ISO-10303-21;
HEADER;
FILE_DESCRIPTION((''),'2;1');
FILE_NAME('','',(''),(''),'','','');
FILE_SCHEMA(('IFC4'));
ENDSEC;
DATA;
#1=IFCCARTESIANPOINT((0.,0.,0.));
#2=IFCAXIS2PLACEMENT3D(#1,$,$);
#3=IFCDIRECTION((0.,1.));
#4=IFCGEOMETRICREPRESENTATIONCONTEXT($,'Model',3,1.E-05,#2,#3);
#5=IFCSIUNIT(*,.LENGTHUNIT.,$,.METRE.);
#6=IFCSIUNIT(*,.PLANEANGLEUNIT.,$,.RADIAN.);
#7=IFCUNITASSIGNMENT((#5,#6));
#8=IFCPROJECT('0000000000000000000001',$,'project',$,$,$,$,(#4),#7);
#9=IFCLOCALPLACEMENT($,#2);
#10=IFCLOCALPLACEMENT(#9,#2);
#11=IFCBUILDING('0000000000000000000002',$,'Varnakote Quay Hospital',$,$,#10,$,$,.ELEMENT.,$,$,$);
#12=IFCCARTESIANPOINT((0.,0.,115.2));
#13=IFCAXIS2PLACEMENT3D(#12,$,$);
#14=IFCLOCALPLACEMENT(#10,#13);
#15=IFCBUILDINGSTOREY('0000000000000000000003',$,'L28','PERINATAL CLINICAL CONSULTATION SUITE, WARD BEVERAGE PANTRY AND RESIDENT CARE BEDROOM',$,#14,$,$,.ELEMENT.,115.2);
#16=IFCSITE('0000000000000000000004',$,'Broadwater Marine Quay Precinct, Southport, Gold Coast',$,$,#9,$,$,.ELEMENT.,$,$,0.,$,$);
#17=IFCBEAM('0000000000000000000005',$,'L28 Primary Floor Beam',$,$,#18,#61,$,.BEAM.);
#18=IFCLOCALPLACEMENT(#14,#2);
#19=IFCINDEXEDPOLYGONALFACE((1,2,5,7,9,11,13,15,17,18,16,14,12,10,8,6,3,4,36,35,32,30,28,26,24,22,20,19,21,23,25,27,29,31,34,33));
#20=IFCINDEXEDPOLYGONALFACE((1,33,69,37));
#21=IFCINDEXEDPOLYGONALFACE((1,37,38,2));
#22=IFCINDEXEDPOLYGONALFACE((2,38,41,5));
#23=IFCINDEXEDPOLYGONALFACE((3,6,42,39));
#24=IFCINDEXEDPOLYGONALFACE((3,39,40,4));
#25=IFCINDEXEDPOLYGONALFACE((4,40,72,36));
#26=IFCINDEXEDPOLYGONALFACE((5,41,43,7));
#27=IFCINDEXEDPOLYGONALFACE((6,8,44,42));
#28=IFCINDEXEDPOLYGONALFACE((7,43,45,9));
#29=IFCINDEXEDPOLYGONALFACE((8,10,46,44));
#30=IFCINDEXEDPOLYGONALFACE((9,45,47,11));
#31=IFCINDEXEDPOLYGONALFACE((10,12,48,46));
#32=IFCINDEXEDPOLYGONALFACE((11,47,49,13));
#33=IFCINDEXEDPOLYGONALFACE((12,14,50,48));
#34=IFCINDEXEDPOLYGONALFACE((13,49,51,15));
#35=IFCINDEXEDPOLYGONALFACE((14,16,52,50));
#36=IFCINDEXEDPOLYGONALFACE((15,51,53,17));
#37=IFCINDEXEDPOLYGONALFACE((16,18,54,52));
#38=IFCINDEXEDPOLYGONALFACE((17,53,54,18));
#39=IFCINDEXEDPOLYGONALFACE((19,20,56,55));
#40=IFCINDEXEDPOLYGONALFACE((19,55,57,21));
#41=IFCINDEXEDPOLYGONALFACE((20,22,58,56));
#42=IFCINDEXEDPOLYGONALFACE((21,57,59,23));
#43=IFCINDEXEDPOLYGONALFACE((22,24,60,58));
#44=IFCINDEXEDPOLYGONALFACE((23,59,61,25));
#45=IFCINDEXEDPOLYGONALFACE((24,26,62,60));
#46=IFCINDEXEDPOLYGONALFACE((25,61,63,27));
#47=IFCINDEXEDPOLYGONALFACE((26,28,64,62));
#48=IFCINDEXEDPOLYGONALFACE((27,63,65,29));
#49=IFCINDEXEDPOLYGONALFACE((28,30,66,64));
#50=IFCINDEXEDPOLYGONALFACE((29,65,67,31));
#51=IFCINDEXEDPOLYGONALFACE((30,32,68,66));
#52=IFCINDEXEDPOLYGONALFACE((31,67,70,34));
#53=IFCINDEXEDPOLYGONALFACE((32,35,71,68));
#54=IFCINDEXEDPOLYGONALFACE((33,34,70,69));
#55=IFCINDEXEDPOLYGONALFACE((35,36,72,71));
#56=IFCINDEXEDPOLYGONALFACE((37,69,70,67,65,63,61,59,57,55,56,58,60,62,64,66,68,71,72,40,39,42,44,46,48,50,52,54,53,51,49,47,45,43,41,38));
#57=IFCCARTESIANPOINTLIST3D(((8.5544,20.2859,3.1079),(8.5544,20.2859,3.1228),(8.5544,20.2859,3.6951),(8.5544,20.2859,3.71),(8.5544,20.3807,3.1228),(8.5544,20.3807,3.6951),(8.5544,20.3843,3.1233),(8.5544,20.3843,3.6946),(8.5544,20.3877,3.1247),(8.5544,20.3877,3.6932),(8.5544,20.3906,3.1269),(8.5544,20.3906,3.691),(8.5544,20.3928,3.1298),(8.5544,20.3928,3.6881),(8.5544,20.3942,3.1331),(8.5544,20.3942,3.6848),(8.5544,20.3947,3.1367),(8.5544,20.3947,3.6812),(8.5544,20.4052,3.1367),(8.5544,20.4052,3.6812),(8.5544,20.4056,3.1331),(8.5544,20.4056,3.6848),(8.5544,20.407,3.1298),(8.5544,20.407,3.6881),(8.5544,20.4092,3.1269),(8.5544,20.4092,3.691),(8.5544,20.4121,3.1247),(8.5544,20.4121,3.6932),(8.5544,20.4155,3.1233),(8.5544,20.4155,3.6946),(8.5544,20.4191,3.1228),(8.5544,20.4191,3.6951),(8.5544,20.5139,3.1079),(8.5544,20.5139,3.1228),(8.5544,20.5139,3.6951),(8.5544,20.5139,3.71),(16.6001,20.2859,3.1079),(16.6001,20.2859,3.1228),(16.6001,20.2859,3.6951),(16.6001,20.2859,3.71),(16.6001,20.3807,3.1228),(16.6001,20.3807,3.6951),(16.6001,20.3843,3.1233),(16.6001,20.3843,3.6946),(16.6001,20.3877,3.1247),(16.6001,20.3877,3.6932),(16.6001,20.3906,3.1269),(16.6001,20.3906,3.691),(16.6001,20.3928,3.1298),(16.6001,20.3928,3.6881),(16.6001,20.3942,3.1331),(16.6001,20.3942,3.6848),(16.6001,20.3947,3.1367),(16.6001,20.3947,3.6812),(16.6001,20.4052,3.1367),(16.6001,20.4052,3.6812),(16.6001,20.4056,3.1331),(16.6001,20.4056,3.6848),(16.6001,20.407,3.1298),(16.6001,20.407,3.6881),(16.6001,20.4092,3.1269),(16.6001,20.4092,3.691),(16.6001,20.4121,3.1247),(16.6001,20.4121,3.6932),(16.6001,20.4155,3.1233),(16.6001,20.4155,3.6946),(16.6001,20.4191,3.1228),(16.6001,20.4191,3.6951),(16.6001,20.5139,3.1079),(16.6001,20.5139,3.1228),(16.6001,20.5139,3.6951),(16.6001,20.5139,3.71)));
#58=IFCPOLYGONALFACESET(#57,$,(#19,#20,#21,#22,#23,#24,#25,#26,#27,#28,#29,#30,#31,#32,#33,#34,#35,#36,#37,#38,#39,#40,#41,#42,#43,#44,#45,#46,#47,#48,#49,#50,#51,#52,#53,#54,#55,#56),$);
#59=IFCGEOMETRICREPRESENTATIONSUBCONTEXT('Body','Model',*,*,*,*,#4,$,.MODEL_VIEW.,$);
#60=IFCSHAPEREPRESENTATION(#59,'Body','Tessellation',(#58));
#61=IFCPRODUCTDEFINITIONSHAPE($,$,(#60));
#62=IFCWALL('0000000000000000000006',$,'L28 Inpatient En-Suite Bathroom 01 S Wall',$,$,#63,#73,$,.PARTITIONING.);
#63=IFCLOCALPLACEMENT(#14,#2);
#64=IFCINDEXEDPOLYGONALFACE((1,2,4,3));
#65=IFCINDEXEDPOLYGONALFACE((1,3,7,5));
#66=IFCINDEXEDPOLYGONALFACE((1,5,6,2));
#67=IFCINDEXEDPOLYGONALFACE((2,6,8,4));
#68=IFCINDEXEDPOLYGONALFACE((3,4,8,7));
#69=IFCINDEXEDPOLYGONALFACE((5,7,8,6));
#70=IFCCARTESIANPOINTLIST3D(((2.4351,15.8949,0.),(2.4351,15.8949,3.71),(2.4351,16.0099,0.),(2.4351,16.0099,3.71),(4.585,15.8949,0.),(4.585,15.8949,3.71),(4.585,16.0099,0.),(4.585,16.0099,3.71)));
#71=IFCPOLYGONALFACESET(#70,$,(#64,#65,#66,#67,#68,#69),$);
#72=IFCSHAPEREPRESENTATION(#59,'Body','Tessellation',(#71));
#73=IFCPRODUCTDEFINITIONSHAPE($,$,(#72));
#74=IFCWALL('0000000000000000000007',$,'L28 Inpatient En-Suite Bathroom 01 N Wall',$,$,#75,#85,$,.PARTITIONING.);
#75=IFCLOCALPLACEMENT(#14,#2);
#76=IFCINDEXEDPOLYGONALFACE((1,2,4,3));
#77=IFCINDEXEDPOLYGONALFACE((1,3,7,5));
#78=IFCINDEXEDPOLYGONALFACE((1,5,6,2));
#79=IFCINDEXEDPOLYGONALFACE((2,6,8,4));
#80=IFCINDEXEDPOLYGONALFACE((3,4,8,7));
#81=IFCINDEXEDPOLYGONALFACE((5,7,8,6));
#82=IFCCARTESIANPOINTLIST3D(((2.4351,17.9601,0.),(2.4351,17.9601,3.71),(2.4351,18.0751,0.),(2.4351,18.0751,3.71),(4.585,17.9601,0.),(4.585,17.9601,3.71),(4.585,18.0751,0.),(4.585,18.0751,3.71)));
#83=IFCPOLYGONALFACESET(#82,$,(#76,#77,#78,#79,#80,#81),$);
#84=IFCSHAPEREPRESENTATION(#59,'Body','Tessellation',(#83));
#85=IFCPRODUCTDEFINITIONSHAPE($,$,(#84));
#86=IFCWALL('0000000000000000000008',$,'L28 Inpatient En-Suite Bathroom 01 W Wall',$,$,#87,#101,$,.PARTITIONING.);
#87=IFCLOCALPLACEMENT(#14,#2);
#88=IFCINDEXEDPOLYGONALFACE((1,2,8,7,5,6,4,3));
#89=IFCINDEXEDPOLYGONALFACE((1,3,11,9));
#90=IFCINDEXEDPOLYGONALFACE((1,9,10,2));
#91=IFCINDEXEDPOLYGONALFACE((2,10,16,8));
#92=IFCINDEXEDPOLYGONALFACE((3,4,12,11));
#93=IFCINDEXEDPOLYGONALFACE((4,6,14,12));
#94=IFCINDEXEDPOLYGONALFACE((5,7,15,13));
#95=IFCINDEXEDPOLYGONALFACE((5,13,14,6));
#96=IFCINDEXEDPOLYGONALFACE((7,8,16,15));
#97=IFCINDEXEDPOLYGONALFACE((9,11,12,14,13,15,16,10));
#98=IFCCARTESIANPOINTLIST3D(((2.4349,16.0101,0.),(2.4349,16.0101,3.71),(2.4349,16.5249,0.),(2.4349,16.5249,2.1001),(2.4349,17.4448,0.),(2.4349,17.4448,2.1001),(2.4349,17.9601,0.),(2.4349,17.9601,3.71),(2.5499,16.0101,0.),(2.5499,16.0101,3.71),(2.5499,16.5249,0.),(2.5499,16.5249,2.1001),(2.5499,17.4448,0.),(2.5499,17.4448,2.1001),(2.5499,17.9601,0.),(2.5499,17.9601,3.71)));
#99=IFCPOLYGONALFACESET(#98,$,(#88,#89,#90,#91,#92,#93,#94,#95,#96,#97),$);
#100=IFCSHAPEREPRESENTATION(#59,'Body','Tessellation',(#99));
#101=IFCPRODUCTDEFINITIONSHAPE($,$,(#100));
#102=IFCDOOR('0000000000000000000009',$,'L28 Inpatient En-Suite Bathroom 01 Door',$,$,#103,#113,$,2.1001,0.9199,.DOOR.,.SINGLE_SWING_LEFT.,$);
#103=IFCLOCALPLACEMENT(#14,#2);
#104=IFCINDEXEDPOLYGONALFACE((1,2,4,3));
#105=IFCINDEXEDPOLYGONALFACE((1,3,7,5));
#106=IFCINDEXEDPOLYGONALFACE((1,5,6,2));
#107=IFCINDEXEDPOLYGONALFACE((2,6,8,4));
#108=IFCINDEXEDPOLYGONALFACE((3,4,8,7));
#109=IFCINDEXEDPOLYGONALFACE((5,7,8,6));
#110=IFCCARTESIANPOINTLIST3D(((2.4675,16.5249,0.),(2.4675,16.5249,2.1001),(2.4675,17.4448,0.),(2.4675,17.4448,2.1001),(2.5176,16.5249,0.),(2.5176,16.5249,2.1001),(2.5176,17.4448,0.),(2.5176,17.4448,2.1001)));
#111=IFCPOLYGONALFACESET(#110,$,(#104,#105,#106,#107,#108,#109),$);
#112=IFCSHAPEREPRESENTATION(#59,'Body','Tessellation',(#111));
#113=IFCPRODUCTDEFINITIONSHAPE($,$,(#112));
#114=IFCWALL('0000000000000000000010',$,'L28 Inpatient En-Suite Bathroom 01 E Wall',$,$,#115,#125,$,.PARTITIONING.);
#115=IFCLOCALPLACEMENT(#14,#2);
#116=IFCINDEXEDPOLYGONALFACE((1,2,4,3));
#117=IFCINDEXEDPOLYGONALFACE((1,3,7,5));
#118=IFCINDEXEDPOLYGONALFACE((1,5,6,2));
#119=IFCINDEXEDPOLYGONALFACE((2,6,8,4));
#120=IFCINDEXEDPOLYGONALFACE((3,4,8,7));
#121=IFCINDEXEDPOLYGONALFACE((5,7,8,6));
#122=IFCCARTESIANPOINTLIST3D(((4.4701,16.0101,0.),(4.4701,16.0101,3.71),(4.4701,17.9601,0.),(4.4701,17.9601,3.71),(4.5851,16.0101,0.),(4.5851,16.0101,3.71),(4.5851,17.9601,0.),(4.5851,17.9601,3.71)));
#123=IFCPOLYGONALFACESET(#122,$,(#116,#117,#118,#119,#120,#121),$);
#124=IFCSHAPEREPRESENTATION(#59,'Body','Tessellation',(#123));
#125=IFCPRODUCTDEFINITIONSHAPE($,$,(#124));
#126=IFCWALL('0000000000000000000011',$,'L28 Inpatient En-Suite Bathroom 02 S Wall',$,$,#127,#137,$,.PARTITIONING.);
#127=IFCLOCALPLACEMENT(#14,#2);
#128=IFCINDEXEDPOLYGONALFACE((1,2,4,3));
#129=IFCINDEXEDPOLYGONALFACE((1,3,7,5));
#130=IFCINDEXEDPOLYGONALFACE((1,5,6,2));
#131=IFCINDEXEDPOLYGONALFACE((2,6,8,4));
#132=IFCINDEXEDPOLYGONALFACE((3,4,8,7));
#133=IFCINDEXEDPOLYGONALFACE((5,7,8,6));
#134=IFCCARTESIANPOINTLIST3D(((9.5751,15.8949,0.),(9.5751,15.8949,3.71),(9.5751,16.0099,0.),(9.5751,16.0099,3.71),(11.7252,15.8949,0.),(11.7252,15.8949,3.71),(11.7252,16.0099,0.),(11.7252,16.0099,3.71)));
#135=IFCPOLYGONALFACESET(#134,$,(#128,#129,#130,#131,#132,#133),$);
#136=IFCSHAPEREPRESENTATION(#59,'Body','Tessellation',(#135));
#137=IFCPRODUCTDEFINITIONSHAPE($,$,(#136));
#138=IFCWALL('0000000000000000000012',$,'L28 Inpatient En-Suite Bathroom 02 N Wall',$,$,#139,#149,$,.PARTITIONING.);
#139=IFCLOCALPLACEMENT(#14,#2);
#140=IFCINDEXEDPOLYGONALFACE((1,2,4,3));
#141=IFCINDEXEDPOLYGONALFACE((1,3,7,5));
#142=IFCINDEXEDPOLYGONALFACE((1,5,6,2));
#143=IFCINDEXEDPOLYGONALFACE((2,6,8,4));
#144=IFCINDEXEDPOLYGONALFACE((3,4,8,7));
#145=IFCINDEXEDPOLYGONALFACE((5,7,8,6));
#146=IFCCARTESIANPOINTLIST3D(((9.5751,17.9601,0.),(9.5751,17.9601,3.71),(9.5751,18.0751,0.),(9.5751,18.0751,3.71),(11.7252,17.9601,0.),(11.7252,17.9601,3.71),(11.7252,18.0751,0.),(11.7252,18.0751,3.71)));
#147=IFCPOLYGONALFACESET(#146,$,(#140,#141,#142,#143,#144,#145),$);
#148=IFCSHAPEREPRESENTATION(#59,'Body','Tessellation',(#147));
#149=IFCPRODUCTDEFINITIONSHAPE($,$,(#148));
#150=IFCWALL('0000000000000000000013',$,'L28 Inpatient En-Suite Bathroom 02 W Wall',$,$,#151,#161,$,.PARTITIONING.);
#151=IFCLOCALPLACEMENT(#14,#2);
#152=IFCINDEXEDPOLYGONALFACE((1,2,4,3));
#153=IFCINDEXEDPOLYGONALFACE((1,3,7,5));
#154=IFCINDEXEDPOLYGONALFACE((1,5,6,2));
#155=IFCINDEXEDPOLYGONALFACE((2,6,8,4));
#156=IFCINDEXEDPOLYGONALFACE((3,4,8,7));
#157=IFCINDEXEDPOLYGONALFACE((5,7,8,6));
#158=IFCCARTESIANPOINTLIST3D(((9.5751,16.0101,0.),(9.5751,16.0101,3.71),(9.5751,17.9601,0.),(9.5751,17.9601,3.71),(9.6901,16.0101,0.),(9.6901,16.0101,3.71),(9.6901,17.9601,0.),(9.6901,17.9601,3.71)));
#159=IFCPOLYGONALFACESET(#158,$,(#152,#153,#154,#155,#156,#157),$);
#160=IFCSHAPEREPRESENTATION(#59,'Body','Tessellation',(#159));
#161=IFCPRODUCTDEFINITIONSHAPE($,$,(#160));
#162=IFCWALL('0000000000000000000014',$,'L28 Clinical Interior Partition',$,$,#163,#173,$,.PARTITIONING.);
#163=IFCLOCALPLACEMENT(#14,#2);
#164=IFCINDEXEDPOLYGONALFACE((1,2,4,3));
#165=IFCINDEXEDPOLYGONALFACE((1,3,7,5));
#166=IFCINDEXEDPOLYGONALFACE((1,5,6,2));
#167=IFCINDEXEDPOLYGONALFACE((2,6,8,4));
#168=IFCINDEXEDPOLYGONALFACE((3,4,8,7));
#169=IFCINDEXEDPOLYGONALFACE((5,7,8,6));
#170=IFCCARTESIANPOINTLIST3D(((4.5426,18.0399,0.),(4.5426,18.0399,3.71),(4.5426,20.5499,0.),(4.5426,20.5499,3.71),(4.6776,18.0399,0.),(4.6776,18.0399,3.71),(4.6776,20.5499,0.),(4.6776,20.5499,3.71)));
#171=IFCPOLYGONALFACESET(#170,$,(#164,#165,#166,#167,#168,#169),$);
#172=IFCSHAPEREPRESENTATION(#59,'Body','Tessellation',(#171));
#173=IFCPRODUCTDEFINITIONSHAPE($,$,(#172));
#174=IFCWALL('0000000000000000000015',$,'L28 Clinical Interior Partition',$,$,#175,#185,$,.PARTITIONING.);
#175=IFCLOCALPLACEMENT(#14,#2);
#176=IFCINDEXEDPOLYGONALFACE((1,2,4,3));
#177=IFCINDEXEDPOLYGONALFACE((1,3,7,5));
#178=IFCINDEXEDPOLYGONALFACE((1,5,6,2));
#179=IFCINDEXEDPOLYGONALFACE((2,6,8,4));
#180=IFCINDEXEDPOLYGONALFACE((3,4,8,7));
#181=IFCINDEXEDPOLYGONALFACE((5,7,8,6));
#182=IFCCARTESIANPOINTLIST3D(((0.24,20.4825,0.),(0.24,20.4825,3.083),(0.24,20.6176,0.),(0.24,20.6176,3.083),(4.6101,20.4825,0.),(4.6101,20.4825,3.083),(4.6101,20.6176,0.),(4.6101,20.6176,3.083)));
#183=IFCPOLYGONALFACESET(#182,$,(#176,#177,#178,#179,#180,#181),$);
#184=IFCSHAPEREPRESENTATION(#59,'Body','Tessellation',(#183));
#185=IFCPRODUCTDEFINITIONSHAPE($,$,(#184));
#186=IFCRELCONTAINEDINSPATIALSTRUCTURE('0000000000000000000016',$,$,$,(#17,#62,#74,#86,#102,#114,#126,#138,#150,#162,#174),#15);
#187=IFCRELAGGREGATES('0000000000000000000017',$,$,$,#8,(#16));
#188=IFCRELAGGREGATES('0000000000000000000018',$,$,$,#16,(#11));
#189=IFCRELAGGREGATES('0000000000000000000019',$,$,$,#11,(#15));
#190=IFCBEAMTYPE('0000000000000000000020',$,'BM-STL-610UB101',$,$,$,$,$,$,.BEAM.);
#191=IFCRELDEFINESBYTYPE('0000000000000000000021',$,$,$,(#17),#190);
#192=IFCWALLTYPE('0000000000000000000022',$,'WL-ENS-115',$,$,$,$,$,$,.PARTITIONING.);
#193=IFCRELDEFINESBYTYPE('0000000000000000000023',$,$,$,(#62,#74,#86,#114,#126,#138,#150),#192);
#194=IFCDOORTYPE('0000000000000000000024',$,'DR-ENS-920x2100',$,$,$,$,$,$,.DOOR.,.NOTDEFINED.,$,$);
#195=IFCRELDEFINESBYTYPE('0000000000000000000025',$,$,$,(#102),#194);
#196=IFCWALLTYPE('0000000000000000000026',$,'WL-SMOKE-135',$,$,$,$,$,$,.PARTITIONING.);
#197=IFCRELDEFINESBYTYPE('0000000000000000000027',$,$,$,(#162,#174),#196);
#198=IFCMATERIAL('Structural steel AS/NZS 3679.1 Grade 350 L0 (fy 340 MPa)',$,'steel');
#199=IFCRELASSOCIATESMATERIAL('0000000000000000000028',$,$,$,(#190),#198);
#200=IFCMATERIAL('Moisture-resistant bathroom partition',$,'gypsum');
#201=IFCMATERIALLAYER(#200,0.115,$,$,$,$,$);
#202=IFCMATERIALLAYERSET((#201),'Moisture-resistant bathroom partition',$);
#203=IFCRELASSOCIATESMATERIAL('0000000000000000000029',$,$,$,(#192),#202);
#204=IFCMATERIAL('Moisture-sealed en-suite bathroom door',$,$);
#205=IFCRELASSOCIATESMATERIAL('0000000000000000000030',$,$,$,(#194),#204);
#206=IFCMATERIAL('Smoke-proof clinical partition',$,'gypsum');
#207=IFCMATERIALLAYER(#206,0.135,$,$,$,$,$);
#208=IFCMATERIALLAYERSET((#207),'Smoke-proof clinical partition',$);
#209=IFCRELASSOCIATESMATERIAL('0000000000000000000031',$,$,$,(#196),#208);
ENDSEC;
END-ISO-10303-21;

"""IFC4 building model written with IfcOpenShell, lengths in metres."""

from ifc_helpers import new_model, si_unit, direction, frame, frame_2d, origin, origin_2d, place, context, subcontext, project, spatial, rectangle, i_section, extrude, material, layer, layer_set, material_profile, profile_set, type_object, element, fill, save


model = new_model("IFC4")

# Units and contexts
model_context = context("Model", 3, precision=1e-05, world=origin(), true_north=direction((0.0, 1.0)))
body_context = subcontext(model_context, "Body", "Model", "MODEL_VIEW")
ifc_project = project(units=[si_unit("LENGTHUNIT", "METRE"), si_unit("PLANEANGLEUNIT", "RADIAN")], contexts=[model_context])

# Site, building, storey
site_placement = place(None, origin())
site = spatial("IfcSite", under=ifc_project, at=site_placement, Name="Broadwater Marine Quay Precinct, Southport, Gold Coast", CompositionType="ELEMENT", RefElevation=0.0)
building_placement = place(site_placement, origin())
building = spatial("IfcBuilding", under=site, at=building_placement, Name="Varnakote Quay Hospital", CompositionType="ELEMENT")
storey_placement = place(building_placement, frame((0.0, 0.0, 115.2)))
storey = spatial("IfcBuildingStorey", under=building, at=storey_placement, Name="L28", Description="PERINATAL CLINICAL CONSULTATION SUITE, WARD BEVERAGE PANTRY AND RESIDENT CARE BEDROOM", CompositionType="ELEMENT", Elevation=115.2)

# Beam
ifc_material_1 = material(Name="Structural steel AS/NZS 3679.1 Grade 350 L0 (fy 340 MPa)", Category="steel")
ifc_material_profile_1 = material_profile(ifc_material_1, i_section(OverallWidth=0.228, OverallDepth=0.6021, WebThickness=0.0105, FlangeThickness=0.0149, FilletRadius=0.0139, at=origin_2d()), Name="610UB101")
ifc_profile_set_1 = profile_set([ifc_material_profile_1], Name="Structural steel AS/NZS 3679.1 Grade 350 L0 (fy 340 MPa)")
beam_type_1 = type_object("IfcBeamType", Name="BM-STL-610UB101", PredefinedType="BEAM", material=ifc_profile_set_1)
beam_1_placement = place(storey_placement, frame((8.5544, 20.3999, 3.4089), z_axis=(1.0, 0.0, 0.0), x_axis=(0.0, 1.0, 0.0)))
element("IfcBeam", 1, at=beam_1_placement, inside=storey, type_object=beam_type_1, Name="L28 Primary Floor Beam", PredefinedType="BEAM", context=body_context, shape_type="SweptSolid", body=[
    extrude(i_section(OverallWidth=0.228, OverallDepth=0.6021, WebThickness=0.0105, FlangeThickness=0.0149, FilletRadius=0.0139, at=origin_2d()), origin(), (0.0, 0.0, 1.0), 8.0457),
])

# Walls
ifc_material_2 = material(Name="Moisture-resistant bathroom partition", Category="gypsum")
ifc_layer_1 = layer(ifc_material_2, 0.115)
ifc_layer_set_1 = layer_set([ifc_layer_1], Name="Moisture-resistant bathroom partition")
wall_type_1 = type_object("IfcWallType", Name="WL-ENS-115", PredefinedType="PARTITIONING", material=ifc_layer_set_1)
for number, where, z_axis, x_axis, name in (
    (2, (2.4351, 15.9524, 0.0), (0.0, 0.0, 1.0), (1.0, 0.0, 0.0), "L28 Inpatient En-Suite Bathroom 01 S Wall"),
    (3, (2.4351, 18.0176, 0.0), (0.0, 0.0, 1.0), (1.0, 0.0, 0.0), "L28 Inpatient En-Suite Bathroom 01 N Wall"),
):
    element("IfcWall", number, at=place(storey_placement, frame(where, z_axis=z_axis, x_axis=x_axis)), inside=storey, type_object=wall_type_1, Name=name, PredefinedType="PARTITIONING", context=body_context, shape_type="SweptSolid", body=[
        extrude(rectangle(XDim=2.1499, YDim=0.115, at=frame_2d((1.075, 0.0))), origin(), (0.0, 0.0, 1.0), 3.71),
    ])

# Wall, opening, door
wall_1_placement = place(storey_placement, frame((2.4924, 16.01, 0.0), z_axis=(0.0, 0.0, 1.0), x_axis=(0.0, 1.0, 0.0)))
wall_1 = element("IfcWall", 4, at=wall_1_placement, inside=storey, type_object=wall_type_1, Name="L28 Inpatient En-Suite Bathroom 01 W Wall", PredefinedType="PARTITIONING", context=body_context, shape_type="SweptSolid", body=[
    extrude(rectangle(XDim=1.95, YDim=0.115, at=frame_2d((0.9751, 0.0))), origin(), (0.0, 0.0, 1.0), 3.71),
])
opening_1_placement = place(wall_1_placement, frame((0.5149, 0.0, 0.0)))
opening_1 = element("IfcOpeningElement", 5, at=opening_1_placement, cuts=wall_1, PredefinedType="OPENING", context=body_context, shape_type="SweptSolid", body=[
    extrude(rectangle(XDim=0.9199, YDim=2.1001, at=frame_2d((0.46, 1.05))), frame((0.0, 0.0674, 0.0), z_axis=(0.0, -1.0, 0.0), x_axis=(1.0, 0.0, 0.0)), (0.0, 0.0, 1.0), 0.135),
])
ifc_material_3 = material(Name="Moisture-sealed en-suite bathroom door")
door_type_1 = type_object("IfcDoorType", Name="DR-ENS-920x2100", OperationType="NOTDEFINED", PredefinedType="DOOR", material=ifc_material_3)
door_1_placement = place(opening_1_placement, origin())
door_1 = element("IfcDoor", 6, at=door_1_placement, inside=storey, type_object=door_type_1, Name="L28 Inpatient En-Suite Bathroom 01 Door", OperationType="SINGLE_SWING_LEFT", OverallHeight=2.1001, OverallWidth=0.9199, PredefinedType="DOOR", context=body_context, shape_type="SweptSolid", body=[
    extrude(rectangle(XDim=0.9199, YDim=2.1001, at=frame_2d((0.46, 1.05))), frame((0.0, 0.0249, 0.0), z_axis=(0.0, -1.0, 0.0), x_axis=(1.0, 0.0, 0.0)), (0.0, 0.0, 1.0), 0.05),
])
fill(opening_1, door_1)

# Walls
wall_2_placement = place(storey_placement, frame((4.5276, 16.01, 0.0), z_axis=(0.0, 0.0, 1.0), x_axis=(0.0, 1.0, 0.0)))
element("IfcWall", 7, at=wall_2_placement, inside=storey, type_object=wall_type_1, Name="L28 Inpatient En-Suite Bathroom 01 E Wall", PredefinedType="PARTITIONING", context=body_context, shape_type="SweptSolid", body=[
    extrude(rectangle(XDim=1.95, YDim=0.115, at=frame_2d((0.9751, 0.0))), origin(), (0.0, 0.0, 1.0), 3.71),
])
for number, where, z_axis, x_axis, name in (
    (8, (9.575, 15.9524, 0.0), (0.0, 0.0, 1.0), (1.0, 0.0, 0.0), "L28 Inpatient En-Suite Bathroom 02 S Wall"),
    (9, (9.575, 18.0176, 0.0), (0.0, 0.0, 1.0), (1.0, 0.0, 0.0), "L28 Inpatient En-Suite Bathroom 02 N Wall"),
):
    element("IfcWall", number, at=place(storey_placement, frame(where, z_axis=z_axis, x_axis=x_axis)), inside=storey, type_object=wall_type_1, Name=name, PredefinedType="PARTITIONING", context=body_context, shape_type="SweptSolid", body=[
        extrude(rectangle(XDim=2.1501, YDim=0.115, at=frame_2d((1.0752, 0.0))), origin(), (0.0, 0.0, 1.0), 3.71),
    ])
wall_3_placement = place(storey_placement, frame((9.6326, 16.01, 0.0), z_axis=(0.0, 0.0, 1.0), x_axis=(0.0, 1.0, 0.0)))
element("IfcWall", 10, at=wall_3_placement, inside=storey, type_object=wall_type_1, Name="L28 Inpatient En-Suite Bathroom 02 W Wall", PredefinedType="PARTITIONING", context=body_context, shape_type="SweptSolid", body=[
    extrude(rectangle(XDim=1.95, YDim=0.115, at=frame_2d((0.9751, 0.0))), origin(), (0.0, 0.0, 1.0), 3.71),
])
ifc_material_4 = material(Name="Smoke-proof clinical partition", Category="gypsum")
ifc_layer_2 = layer(ifc_material_4, 0.135)
ifc_layer_set_2 = layer_set([ifc_layer_2], Name="Smoke-proof clinical partition")
wall_type_2 = type_object("IfcWallType", Name="WL-SMOKE-135", PredefinedType="PARTITIONING", material=ifc_layer_set_2)
wall_4_placement = place(storey_placement, frame((4.6101, 18.04, 0.0), z_axis=(0.0, 0.0, 1.0), x_axis=(0.0, 1.0, 0.0)))
element("IfcWall", 11, at=wall_4_placement, inside=storey, type_object=wall_type_2, Name="L28 Clinical Interior Partition", PredefinedType="PARTITIONING", context=body_context, shape_type="SweptSolid", body=[
    extrude(rectangle(XDim=2.51, YDim=0.135, at=frame_2d((1.2549, 0.0))), origin(), (0.0, 0.0, 1.0), 3.71),
])
wall_5_placement = place(storey_placement, frame((4.6101, 20.55, 0.0), z_axis=(0.0, 0.0, 1.0), x_axis=(-1.0, 0.0, 0.0)))
element("IfcWall", 12, at=wall_5_placement, inside=storey, type_object=wall_type_2, Name="L28 Clinical Interior Partition", PredefinedType="PARTITIONING", context=body_context, shape_type="SweptSolid", body=[
    extrude(rectangle(XDim=4.3701, YDim=0.135, at=frame_2d((2.1851, 0.0))), origin(), (0.0, 0.0, 1.0), 3.083),
])

save(model, "model.ifc")
